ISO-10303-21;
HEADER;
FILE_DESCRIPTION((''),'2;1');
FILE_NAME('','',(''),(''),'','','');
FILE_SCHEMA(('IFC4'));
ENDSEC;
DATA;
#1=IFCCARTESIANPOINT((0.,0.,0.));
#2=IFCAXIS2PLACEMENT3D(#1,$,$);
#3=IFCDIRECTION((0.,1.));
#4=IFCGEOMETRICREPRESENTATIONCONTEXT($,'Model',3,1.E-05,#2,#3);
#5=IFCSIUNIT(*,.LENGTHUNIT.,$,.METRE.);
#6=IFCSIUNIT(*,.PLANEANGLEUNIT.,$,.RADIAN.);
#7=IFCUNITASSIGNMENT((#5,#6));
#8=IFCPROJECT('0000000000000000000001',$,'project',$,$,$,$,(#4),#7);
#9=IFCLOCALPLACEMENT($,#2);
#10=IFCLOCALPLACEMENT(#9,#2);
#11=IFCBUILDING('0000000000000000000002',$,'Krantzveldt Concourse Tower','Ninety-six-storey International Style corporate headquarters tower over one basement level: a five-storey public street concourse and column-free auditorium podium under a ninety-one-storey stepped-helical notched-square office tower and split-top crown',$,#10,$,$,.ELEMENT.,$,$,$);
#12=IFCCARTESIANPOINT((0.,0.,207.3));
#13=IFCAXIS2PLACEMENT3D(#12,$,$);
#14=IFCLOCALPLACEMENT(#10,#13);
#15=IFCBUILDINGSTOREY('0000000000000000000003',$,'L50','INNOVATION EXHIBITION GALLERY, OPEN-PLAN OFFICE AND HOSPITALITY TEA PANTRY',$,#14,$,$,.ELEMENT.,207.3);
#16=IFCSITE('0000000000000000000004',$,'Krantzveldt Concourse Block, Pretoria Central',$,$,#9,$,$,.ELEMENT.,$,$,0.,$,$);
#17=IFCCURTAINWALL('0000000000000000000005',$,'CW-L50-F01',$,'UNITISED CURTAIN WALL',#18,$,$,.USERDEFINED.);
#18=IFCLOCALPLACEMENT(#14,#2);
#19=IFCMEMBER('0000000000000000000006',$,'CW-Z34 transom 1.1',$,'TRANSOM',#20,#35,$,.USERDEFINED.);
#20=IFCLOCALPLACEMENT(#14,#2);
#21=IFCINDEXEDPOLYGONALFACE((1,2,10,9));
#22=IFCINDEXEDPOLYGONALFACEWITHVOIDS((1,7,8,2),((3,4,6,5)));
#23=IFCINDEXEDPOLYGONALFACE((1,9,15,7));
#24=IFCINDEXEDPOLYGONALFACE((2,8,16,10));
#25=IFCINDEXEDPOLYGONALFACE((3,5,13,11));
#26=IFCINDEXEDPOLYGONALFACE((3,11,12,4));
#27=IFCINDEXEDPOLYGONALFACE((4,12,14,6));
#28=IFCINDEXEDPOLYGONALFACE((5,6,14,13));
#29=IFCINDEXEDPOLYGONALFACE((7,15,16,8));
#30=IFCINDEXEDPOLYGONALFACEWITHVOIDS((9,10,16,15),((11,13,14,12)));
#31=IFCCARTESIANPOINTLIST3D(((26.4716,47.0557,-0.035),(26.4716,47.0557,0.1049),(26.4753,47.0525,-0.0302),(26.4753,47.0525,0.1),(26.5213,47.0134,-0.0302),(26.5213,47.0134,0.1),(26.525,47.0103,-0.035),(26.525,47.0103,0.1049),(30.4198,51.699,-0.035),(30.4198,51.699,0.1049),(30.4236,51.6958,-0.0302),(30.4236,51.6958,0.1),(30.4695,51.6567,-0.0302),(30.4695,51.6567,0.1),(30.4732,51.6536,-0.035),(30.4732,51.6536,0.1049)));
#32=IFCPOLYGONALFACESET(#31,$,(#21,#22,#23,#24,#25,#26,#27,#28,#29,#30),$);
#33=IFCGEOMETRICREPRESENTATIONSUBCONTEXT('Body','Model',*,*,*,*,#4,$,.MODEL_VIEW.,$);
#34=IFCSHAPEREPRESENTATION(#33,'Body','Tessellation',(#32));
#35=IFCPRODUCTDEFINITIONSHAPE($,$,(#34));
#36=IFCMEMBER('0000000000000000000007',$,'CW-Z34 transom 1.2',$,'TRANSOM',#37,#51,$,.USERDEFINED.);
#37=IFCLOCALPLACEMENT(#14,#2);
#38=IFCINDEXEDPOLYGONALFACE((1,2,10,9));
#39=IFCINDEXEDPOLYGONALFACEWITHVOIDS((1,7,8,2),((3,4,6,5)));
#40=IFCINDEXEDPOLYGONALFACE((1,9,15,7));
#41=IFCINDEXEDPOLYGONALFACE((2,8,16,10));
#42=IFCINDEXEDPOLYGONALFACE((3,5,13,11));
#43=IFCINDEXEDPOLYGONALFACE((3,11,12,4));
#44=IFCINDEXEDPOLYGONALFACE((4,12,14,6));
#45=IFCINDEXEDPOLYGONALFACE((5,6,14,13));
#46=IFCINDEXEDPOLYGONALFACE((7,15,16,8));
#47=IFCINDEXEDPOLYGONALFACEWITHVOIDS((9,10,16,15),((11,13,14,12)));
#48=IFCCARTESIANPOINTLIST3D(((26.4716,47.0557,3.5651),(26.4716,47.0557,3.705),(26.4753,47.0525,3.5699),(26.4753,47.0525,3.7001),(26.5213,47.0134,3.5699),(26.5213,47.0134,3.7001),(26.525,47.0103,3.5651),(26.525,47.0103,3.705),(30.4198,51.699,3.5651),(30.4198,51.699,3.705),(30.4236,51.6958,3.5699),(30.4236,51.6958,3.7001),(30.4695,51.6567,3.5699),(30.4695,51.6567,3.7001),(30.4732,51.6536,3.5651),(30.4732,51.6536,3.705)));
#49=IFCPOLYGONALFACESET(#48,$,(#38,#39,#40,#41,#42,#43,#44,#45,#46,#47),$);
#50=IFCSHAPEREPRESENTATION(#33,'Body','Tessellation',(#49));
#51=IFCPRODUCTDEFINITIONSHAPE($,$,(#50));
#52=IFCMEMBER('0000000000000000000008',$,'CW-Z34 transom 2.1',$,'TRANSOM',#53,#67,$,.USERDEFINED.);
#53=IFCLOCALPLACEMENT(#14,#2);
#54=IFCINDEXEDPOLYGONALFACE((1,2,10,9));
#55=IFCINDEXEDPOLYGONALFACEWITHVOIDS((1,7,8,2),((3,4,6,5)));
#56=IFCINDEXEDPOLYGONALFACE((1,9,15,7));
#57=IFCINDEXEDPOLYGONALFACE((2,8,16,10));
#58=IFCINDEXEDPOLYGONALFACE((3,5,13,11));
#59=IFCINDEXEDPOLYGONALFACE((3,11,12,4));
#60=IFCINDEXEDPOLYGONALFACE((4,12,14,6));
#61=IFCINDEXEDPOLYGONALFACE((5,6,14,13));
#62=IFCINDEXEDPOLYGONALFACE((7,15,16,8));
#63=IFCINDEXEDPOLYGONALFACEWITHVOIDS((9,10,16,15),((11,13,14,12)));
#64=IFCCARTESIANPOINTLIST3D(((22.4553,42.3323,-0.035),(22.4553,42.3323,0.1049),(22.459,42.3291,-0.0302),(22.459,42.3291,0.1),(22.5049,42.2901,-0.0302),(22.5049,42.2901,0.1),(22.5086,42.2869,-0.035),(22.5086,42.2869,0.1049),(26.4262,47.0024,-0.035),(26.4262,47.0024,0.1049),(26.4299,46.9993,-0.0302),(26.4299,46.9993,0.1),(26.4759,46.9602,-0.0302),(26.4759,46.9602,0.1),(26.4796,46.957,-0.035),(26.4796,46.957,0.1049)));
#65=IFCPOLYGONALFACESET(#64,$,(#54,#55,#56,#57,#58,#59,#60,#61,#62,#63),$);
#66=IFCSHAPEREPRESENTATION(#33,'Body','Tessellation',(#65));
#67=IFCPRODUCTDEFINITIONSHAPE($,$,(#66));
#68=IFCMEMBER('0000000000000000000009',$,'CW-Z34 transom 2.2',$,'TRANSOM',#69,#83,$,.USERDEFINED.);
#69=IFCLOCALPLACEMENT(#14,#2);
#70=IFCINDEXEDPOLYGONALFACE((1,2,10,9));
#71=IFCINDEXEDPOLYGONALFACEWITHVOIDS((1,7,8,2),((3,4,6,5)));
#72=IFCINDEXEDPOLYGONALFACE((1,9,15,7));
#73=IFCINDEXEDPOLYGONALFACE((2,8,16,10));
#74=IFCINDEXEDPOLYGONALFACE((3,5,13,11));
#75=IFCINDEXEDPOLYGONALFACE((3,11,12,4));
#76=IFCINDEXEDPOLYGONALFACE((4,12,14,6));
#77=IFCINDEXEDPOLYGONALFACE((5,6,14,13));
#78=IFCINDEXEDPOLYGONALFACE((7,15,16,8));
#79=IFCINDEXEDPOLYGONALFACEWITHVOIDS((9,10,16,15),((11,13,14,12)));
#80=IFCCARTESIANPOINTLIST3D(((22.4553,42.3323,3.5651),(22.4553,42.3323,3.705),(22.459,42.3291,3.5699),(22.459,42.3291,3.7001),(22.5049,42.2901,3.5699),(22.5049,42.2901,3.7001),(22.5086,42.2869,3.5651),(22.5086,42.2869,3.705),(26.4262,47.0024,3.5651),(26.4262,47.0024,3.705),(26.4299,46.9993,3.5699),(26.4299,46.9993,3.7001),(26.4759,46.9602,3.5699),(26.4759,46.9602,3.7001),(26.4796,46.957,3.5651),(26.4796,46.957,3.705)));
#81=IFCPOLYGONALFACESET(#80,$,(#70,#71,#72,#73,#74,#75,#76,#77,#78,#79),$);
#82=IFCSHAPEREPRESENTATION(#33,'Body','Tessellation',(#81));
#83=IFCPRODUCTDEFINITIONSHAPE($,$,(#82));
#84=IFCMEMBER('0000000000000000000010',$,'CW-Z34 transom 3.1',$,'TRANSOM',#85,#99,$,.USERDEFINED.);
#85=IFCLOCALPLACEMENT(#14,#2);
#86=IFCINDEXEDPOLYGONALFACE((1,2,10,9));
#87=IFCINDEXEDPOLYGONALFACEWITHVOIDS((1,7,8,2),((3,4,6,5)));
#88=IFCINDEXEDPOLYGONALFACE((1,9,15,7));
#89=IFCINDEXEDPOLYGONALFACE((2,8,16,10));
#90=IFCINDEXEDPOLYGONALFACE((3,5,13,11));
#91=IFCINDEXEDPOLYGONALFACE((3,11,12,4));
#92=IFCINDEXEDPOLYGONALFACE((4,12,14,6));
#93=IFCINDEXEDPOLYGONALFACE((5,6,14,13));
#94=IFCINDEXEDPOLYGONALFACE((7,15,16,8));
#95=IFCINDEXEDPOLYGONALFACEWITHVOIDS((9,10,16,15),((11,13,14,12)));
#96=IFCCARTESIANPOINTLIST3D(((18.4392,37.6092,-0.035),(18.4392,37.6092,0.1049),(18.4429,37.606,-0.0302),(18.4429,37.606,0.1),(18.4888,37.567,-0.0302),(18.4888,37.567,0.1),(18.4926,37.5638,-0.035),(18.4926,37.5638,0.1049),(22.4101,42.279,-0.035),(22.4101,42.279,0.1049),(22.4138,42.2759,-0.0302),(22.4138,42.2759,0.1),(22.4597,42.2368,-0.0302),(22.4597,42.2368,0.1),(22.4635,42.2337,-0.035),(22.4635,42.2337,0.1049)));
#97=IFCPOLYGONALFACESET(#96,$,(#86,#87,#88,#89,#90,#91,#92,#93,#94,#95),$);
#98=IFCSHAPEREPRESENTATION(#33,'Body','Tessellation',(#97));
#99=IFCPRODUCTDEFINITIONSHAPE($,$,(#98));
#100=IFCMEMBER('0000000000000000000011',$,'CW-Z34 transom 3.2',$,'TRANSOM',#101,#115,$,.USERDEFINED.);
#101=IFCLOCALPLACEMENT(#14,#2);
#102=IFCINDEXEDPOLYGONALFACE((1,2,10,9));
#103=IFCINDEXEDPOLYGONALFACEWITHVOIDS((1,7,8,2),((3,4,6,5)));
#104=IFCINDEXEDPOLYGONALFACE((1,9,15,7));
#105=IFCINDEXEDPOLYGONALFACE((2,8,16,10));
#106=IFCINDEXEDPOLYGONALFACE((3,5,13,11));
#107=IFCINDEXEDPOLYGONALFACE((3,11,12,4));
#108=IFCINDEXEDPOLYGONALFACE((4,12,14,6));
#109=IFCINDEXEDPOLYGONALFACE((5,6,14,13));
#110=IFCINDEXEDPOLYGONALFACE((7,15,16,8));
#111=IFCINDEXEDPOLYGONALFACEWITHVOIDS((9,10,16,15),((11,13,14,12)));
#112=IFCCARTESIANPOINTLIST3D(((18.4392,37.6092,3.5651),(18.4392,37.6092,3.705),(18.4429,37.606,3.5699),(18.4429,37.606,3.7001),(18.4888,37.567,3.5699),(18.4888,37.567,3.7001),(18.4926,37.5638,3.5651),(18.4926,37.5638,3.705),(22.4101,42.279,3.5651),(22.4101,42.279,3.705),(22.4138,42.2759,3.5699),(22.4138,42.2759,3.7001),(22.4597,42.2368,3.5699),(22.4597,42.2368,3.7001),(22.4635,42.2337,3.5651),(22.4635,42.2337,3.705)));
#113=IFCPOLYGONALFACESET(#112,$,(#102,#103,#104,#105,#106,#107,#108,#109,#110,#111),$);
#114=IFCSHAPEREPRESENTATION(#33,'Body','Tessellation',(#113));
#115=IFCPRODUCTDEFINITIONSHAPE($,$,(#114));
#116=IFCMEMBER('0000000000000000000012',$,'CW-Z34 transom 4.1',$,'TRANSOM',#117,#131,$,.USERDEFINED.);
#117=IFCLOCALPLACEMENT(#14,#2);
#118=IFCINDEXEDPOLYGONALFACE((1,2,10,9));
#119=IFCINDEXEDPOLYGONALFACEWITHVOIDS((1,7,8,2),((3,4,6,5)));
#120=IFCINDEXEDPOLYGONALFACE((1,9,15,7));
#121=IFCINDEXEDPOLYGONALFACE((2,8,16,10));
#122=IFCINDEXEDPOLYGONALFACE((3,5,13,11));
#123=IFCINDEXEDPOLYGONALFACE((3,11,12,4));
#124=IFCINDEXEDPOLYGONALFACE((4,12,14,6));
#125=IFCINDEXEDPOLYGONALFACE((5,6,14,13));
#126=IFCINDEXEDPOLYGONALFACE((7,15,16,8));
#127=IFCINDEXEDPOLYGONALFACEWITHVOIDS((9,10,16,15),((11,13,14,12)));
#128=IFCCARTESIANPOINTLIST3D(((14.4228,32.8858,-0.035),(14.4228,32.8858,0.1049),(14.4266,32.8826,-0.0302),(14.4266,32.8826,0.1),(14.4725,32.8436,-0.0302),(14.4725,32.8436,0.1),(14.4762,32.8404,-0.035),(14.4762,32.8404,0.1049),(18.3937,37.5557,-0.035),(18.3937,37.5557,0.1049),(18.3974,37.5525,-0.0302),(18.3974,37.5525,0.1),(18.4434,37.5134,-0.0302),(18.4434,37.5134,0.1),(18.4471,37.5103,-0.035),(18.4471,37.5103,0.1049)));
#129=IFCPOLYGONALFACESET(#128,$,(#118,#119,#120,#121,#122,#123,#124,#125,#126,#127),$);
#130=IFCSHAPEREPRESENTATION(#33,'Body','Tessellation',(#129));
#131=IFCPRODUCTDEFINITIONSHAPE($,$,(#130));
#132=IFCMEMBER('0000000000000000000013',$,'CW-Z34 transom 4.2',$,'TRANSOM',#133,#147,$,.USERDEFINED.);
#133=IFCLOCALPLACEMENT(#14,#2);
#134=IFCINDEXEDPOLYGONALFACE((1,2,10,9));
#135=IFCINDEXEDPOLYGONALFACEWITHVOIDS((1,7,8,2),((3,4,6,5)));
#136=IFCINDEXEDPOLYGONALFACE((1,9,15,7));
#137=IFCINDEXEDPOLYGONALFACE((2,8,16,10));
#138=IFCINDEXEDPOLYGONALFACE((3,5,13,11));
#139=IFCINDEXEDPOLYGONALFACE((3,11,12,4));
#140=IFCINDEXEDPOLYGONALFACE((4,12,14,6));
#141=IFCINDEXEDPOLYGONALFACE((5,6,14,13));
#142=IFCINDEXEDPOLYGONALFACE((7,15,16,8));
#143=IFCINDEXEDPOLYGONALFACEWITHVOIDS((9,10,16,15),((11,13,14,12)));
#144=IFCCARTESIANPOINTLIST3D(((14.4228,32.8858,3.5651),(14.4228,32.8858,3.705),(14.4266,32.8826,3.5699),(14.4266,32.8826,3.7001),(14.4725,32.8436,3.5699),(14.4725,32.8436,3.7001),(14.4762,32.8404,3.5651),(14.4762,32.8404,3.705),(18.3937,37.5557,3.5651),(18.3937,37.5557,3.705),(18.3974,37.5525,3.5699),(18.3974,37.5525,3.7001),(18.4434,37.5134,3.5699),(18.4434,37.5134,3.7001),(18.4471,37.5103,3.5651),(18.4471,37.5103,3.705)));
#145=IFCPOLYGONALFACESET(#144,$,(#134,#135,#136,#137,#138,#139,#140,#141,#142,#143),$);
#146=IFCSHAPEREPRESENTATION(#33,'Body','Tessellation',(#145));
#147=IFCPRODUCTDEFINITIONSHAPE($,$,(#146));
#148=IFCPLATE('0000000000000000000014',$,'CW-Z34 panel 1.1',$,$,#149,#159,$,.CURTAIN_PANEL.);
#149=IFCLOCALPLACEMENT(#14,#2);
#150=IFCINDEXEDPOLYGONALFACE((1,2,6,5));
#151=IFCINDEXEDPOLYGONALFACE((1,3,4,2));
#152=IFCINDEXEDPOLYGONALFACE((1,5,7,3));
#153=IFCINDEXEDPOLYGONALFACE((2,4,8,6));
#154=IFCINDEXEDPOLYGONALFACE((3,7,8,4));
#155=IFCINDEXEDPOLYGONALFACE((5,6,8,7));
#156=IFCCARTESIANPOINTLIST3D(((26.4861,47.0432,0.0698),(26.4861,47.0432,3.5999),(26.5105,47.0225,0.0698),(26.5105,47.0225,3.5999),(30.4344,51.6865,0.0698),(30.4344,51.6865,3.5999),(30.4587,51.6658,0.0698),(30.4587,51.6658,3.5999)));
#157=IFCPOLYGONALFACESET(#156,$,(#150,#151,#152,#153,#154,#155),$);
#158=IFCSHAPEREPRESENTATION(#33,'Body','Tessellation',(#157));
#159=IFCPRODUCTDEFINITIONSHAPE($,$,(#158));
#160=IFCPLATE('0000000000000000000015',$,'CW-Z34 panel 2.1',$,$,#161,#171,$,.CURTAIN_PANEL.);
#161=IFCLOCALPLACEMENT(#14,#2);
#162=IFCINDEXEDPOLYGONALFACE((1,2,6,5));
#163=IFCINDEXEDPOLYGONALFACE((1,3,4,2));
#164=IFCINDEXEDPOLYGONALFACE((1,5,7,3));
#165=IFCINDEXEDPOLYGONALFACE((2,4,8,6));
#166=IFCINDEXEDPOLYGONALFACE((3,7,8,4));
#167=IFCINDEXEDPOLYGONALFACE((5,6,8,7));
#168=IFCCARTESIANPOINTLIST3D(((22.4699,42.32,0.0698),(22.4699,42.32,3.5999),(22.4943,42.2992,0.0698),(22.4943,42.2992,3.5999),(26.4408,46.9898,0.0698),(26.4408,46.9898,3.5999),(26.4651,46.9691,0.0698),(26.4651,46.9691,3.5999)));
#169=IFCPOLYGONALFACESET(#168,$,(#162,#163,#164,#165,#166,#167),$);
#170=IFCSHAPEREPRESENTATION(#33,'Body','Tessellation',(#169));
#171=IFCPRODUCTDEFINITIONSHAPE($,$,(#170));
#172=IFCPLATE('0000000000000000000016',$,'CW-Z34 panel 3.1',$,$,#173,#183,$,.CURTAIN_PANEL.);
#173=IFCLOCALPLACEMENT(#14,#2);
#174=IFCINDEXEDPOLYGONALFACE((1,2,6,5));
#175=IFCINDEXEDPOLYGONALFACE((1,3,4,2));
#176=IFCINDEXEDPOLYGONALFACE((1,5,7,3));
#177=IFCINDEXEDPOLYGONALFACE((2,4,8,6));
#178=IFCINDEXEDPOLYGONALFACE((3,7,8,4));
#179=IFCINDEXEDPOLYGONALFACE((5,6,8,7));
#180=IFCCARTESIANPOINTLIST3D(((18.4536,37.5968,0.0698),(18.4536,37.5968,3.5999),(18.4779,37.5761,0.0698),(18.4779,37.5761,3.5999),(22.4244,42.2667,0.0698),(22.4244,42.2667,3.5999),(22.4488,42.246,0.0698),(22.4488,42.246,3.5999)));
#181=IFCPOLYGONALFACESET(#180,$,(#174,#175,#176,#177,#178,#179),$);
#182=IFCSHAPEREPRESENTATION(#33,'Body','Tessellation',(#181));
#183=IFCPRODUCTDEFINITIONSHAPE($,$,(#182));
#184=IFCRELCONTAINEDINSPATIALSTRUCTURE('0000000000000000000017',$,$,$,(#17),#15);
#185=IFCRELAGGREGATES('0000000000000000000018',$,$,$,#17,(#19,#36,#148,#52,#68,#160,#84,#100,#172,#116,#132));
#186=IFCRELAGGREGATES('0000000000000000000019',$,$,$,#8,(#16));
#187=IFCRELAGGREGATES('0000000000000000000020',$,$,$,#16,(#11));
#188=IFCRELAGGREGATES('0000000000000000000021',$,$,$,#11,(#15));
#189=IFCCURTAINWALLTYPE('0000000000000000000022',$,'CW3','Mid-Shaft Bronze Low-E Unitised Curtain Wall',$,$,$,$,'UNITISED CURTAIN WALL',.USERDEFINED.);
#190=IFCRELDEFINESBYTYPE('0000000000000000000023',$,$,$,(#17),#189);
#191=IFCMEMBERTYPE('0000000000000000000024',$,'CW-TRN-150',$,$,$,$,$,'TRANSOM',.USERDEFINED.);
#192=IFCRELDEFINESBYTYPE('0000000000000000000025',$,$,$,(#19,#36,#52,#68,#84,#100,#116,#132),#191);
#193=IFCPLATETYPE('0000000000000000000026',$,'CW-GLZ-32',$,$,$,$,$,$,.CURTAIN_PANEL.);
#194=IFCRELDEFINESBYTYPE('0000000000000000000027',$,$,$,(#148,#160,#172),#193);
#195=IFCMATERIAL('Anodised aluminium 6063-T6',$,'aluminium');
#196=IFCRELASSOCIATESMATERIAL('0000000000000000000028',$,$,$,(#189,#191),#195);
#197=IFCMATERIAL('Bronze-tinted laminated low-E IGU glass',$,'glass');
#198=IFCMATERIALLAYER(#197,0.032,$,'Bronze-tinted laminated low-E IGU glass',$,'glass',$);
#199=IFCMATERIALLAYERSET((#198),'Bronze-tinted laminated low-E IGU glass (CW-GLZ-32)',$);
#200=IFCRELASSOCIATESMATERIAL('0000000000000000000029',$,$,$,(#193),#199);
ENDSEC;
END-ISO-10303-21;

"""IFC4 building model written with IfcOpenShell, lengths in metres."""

from ifc_helpers import new_model, si_unit, direction, frame, origin, origin_2d, place, context, subcontext, project, spatial, rectangle, hollow_rectangle, extrude, source, transform, mapped, material, layer, layer_set, material_profile, profile_set, type_object, type_shapes, element, aggregate, save


model = new_model("IFC4")

# Units and contexts
model_context = context("Model", 3, precision=1e-05, world=origin(), true_north=direction((0.0, 1.0)))
body_context = subcontext(model_context, "Body", "Model", "MODEL_VIEW")
ifc_project = project(units=[si_unit("LENGTHUNIT", "METRE"), si_unit("PLANEANGLEUNIT", "RADIAN")], contexts=[model_context])

# Site, building, storey
site_placement = place(None, origin())
site = spatial("IfcSite", under=ifc_project, at=site_placement, Name="Krantzveldt Concourse Block, Pretoria Central", CompositionType="ELEMENT", RefElevation=0.0)
building_placement = place(site_placement, origin())
building = spatial("IfcBuilding", under=site, at=building_placement, Name="Krantzveldt Concourse Tower", Description="Ninety-six-storey International Style corporate headquarters tower over one basement level: a five-storey public street concourse and column-free auditorium podium under a ninety-one-storey stepped-helical notched-square office tower and split-top crown", CompositionType="ELEMENT")
storey_placement = place(building_placement, frame((0.0, 0.0, 207.3)))
storey = spatial("IfcBuildingStorey", under=building, at=storey_placement, Name="L50", Description="INNOVATION EXHIBITION GALLERY, OPEN-PLAN OFFICE AND HOSPITALITY TEA PANTRY", CompositionType="ELEMENT", Elevation=207.3)

# Curtain wall, members, plates
ifc_material_1 = material(Name="Anodised aluminium 6063-T6", Category="aluminium")
curtain_wall_type = type_object("IfcCurtainWallType", Name="CW3", Description="Mid-Shaft Bronze Low-E Unitised Curtain Wall", ElementType="UNITISED CURTAIN WALL", PredefinedType="USERDEFINED", material=ifc_material_1)
curtain_wall_placement = place(storey_placement, origin())
curtain_wall = element("IfcCurtainWall", 1, at=curtain_wall_placement, inside=storey, type_object=curtain_wall_type, Name="CW-L50-F01", ObjectType="UNITISED CURTAIN WALL", PredefinedType="USERDEFINED")
ifc_material_profile_1 = material_profile(ifc_material_1, hollow_rectangle(XDim=0.0701, YDim=0.1399, WallThickness=0.0049, at=origin_2d()), Name="Anodised aluminium 6063-T6", Category="aluminium")
ifc_profile_set_1 = profile_set([ifc_material_profile_1], Name="Anodised aluminium 6063-T6 - ALU-TRAN 140x70x5")
member_type_1 = type_object("IfcMemberType", Name="CW-TRN-150", ElementType="TRANSOM", PredefinedType="USERDEFINED", material=ifc_profile_set_1)
shared_shape_1 = source(origin(), body_context, "Body", "SweptSolid", [
    extrude(hollow_rectangle(XDim=0.0701, YDim=0.1399, WallThickness=0.0049, at=origin_2d()), origin(), (0.0, 0.0, 1.0), 6.095),
])
member_1_placement = place(storey_placement, frame((30.4465, 51.6763, 0.0349), z_axis=(-0.647784, -0.761824, 0.0), x_axis=(0.761824, -0.647784, 0.0)))
member_1 = element("IfcMember", 2, at=member_1_placement, type_object=member_type_1, Name="CW-Z34 transom 1.1", ObjectType="TRANSOM", PredefinedType="USERDEFINED", context=body_context, shape_type="MappedRepresentation", body=[
    mapped(shared_shape_1, transform((0.0, 0.0, 0.0), x_axis=(1.0, 0.0, 0.0), y_axis=(0.0, 1.0, 0.0), z_axis=(0.0, 0.0, 1.0), scale=1.0)),
])
member_2_placement = place(storey_placement, frame((30.4465, 51.6763, 3.635), z_axis=(-0.647784, -0.761824, 0.0), x_axis=(0.761824, -0.647784, 0.0)))
member_2 = element("IfcMember", 3, at=member_2_placement, type_object=member_type_1, Name="CW-Z34 transom 1.2", ObjectType="TRANSOM", PredefinedType="USERDEFINED", context=body_context, shape_type="MappedRepresentation", body=[
    mapped(shared_shape_1, transform((0.0, 0.0, 0.0), x_axis=(1.0, 0.0, 0.0), y_axis=(0.0, 1.0, 0.0), z_axis=(0.0, 0.0, 1.0), scale=1.0)),
])
shared_shape_2 = source(origin(), body_context, "Body", "SweptSolid", [
    extrude(hollow_rectangle(XDim=0.0701, YDim=0.1399, WallThickness=0.0049, at=origin_2d()), origin(), (0.0, 0.0, 1.0), 6.1301),
])
member_3_placement = place(storey_placement, frame((26.4529, 46.9797, 0.0349), z_axis=(-0.647772, -0.761834, 0.0), x_axis=(0.761834, -0.647772, 0.0)))
member_3 = element("IfcMember", 4, at=member_3_placement, type_object=member_type_1, Name="CW-Z34 transom 2.1", ObjectType="TRANSOM", PredefinedType="USERDEFINED", context=body_context, shape_type="MappedRepresentation", body=[
    mapped(shared_shape_2, transform((0.0, 0.0, 0.0), x_axis=(1.0, 0.0, 0.0), y_axis=(0.0, 1.0, 0.0), z_axis=(0.0, 0.0, 1.0), scale=1.0)),
])
member_4_placement = place(storey_placement, frame((26.4529, 46.9797, 3.635), z_axis=(-0.647772, -0.761834, 0.0), x_axis=(0.761834, -0.647772, 0.0)))
member_4 = element("IfcMember", 5, at=member_4_placement, type_object=member_type_1, Name="CW-Z34 transom 2.2", ObjectType="TRANSOM", PredefinedType="USERDEFINED", context=body_context, shape_type="MappedRepresentation", body=[
    mapped(shared_shape_2, transform((0.0, 0.0, 0.0), x_axis=(1.0, 0.0, 0.0), y_axis=(0.0, 1.0, 0.0), z_axis=(0.0, 0.0, 1.0), scale=1.0)),
])
shared_shape_3 = source(origin(), body_context, "Body", "SweptSolid", [
    extrude(hollow_rectangle(XDim=0.0701, YDim=0.1399, WallThickness=0.0049, at=origin_2d()), origin(), (0.0, 0.0, 1.0), 6.1299),
])
type_shapes(member_type_1, [shared_shape_1, shared_shape_2, shared_shape_3])
member_5_placement = place(storey_placement, frame((22.4368, 42.2563, 0.0349), z_axis=(-0.647792, -0.761817, 0.0), x_axis=(0.761817, -0.647792, 0.0)))
member_5 = element("IfcMember", 6, at=member_5_placement, type_object=member_type_1, Name="CW-Z34 transom 3.1", ObjectType="TRANSOM", PredefinedType="USERDEFINED", context=body_context, shape_type="MappedRepresentation", body=[
    mapped(shared_shape_3, transform((0.0, 0.0, 0.0), x_axis=(1.0, 0.0, 0.0), y_axis=(0.0, 1.0, 0.0), z_axis=(0.0, 0.0, 1.0), scale=1.0)),
])
member_6_placement = place(storey_placement, frame((22.4368, 42.2563, 3.635), z_axis=(-0.647792, -0.761817, 0.0), x_axis=(0.761817, -0.647792, 0.0)))
member_6 = element("IfcMember", 7, at=member_6_placement, type_object=member_type_1, Name="CW-Z34 transom 3.2", ObjectType="TRANSOM", PredefinedType="USERDEFINED", context=body_context, shape_type="MappedRepresentation", body=[
    mapped(shared_shape_3, transform((0.0, 0.0, 0.0), x_axis=(1.0, 0.0, 0.0), y_axis=(0.0, 1.0, 0.0), z_axis=(0.0, 0.0, 1.0), scale=1.0)),
])
member_7_placement = place(storey_placement, frame((18.4204, 37.533, 0.0349), z_axis=(-0.647792, -0.761817, 0.0), x_axis=(0.761817, -0.647792, 0.0)))
member_7 = element("IfcMember", 8, at=member_7_placement, type_object=member_type_1, Name="CW-Z34 transom 4.1", ObjectType="TRANSOM", PredefinedType="USERDEFINED", context=body_context, shape_type="MappedRepresentation", body=[
    mapped(shared_shape_3, transform((0.0, 0.0, 0.0), x_axis=(1.0, 0.0, 0.0), y_axis=(0.0, 1.0, 0.0), z_axis=(0.0, 0.0, 1.0), scale=1.0)),
])
member_8_placement = place(storey_placement, frame((18.4204, 37.533, 3.635), z_axis=(-0.647792, -0.761817, 0.0), x_axis=(0.761817, -0.647792, 0.0)))
member_8 = element("IfcMember", 9, at=member_8_placement, type_object=member_type_1, Name="CW-Z34 transom 4.2", ObjectType="TRANSOM", PredefinedType="USERDEFINED", context=body_context, shape_type="MappedRepresentation", body=[
    mapped(shared_shape_3, transform((0.0, 0.0, 0.0), x_axis=(1.0, 0.0, 0.0), y_axis=(0.0, 1.0, 0.0), z_axis=(0.0, 0.0, 1.0), scale=1.0)),
])
ifc_material_2 = material(Name="Bronze-tinted laminated low-E IGU glass", Category="glass")
ifc_layer_1 = layer(ifc_material_2, 0.032, Name="Bronze-tinted laminated low-E IGU glass", Category="glass")
ifc_layer_set_1 = layer_set([ifc_layer_1], Name="Bronze-tinted laminated low-E IGU glass (CW-GLZ-32)")
plate_type = type_object("IfcPlateType", Name="CW-GLZ-32", PredefinedType="CURTAIN_PANEL", material=ifc_layer_set_1)
shared_shape_4 = source(origin(), body_context, "Body", "SweptSolid", [
    extrude(rectangle(XDim=6.095, YDim=0.032, at=origin_2d()), origin(), (0.0, 0.0, 1.0), 3.53),
])
plate_1_placement = place(storey_placement, frame((28.4724, 49.3545, 0.0698), z_axis=(0.0, 0.0, 1.0), x_axis=(-0.647788, -0.761821, 0.0)))
plate_1 = element("IfcPlate", 10, at=plate_1_placement, type_object=plate_type, Name="CW-Z34 panel 1.1", PredefinedType="CURTAIN_PANEL", context=body_context, shape_type="MappedRepresentation", body=[
    mapped(shared_shape_4, transform((0.0, 0.0, 0.0), x_axis=(1.0, 0.0, 0.0), y_axis=(0.0, 1.0, 0.0), z_axis=(0.0, 0.0, 1.0), scale=1.0)),
])
shared_shape_5 = source(origin(), body_context, "Body", "SweptSolid", [
    extrude(rectangle(XDim=6.1299, YDim=0.032, at=origin_2d()), origin(), (0.0, 0.0, 1.0), 3.53),
])
type_shapes(plate_type, [shared_shape_4, shared_shape_5])
plate_2_placement = place(storey_placement, frame((24.4675, 44.6445, 0.0698), z_axis=(0.0, 0.0, 1.0), x_axis=(-0.647788, -0.761821, 0.0)))
plate_2 = element("IfcPlate", 11, at=plate_2_placement, type_object=plate_type, Name="CW-Z34 panel 2.1", PredefinedType="CURTAIN_PANEL", context=body_context, shape_type="MappedRepresentation", body=[
    mapped(shared_shape_5, transform((0.0, 0.0, 0.0), x_axis=(1.0, 0.0, 0.0), y_axis=(0.0, 1.0, 0.0), z_axis=(0.0, 0.0, 1.0), scale=1.0)),
])
plate_3_placement = place(storey_placement, frame((20.4512, 39.9214, 0.0698), z_axis=(0.0, 0.0, 1.0), x_axis=(-0.647788, -0.761821, 0.0)))
plate_3 = element("IfcPlate", 12, at=plate_3_placement, type_object=plate_type, Name="CW-Z34 panel 3.1", PredefinedType="CURTAIN_PANEL", context=body_context, shape_type="MappedRepresentation", body=[
    mapped(shared_shape_5, transform((0.0, 0.0, 0.0), x_axis=(1.0, 0.0, 0.0), y_axis=(0.0, 1.0, 0.0), z_axis=(0.0, 0.0, 1.0), scale=1.0)),
])
aggregate(curtain_wall, [member_1, member_2, plate_1, member_3, member_4, plate_2, member_5, member_6, plate_3, member_7, member_8])

save(model, "model.ifc")
